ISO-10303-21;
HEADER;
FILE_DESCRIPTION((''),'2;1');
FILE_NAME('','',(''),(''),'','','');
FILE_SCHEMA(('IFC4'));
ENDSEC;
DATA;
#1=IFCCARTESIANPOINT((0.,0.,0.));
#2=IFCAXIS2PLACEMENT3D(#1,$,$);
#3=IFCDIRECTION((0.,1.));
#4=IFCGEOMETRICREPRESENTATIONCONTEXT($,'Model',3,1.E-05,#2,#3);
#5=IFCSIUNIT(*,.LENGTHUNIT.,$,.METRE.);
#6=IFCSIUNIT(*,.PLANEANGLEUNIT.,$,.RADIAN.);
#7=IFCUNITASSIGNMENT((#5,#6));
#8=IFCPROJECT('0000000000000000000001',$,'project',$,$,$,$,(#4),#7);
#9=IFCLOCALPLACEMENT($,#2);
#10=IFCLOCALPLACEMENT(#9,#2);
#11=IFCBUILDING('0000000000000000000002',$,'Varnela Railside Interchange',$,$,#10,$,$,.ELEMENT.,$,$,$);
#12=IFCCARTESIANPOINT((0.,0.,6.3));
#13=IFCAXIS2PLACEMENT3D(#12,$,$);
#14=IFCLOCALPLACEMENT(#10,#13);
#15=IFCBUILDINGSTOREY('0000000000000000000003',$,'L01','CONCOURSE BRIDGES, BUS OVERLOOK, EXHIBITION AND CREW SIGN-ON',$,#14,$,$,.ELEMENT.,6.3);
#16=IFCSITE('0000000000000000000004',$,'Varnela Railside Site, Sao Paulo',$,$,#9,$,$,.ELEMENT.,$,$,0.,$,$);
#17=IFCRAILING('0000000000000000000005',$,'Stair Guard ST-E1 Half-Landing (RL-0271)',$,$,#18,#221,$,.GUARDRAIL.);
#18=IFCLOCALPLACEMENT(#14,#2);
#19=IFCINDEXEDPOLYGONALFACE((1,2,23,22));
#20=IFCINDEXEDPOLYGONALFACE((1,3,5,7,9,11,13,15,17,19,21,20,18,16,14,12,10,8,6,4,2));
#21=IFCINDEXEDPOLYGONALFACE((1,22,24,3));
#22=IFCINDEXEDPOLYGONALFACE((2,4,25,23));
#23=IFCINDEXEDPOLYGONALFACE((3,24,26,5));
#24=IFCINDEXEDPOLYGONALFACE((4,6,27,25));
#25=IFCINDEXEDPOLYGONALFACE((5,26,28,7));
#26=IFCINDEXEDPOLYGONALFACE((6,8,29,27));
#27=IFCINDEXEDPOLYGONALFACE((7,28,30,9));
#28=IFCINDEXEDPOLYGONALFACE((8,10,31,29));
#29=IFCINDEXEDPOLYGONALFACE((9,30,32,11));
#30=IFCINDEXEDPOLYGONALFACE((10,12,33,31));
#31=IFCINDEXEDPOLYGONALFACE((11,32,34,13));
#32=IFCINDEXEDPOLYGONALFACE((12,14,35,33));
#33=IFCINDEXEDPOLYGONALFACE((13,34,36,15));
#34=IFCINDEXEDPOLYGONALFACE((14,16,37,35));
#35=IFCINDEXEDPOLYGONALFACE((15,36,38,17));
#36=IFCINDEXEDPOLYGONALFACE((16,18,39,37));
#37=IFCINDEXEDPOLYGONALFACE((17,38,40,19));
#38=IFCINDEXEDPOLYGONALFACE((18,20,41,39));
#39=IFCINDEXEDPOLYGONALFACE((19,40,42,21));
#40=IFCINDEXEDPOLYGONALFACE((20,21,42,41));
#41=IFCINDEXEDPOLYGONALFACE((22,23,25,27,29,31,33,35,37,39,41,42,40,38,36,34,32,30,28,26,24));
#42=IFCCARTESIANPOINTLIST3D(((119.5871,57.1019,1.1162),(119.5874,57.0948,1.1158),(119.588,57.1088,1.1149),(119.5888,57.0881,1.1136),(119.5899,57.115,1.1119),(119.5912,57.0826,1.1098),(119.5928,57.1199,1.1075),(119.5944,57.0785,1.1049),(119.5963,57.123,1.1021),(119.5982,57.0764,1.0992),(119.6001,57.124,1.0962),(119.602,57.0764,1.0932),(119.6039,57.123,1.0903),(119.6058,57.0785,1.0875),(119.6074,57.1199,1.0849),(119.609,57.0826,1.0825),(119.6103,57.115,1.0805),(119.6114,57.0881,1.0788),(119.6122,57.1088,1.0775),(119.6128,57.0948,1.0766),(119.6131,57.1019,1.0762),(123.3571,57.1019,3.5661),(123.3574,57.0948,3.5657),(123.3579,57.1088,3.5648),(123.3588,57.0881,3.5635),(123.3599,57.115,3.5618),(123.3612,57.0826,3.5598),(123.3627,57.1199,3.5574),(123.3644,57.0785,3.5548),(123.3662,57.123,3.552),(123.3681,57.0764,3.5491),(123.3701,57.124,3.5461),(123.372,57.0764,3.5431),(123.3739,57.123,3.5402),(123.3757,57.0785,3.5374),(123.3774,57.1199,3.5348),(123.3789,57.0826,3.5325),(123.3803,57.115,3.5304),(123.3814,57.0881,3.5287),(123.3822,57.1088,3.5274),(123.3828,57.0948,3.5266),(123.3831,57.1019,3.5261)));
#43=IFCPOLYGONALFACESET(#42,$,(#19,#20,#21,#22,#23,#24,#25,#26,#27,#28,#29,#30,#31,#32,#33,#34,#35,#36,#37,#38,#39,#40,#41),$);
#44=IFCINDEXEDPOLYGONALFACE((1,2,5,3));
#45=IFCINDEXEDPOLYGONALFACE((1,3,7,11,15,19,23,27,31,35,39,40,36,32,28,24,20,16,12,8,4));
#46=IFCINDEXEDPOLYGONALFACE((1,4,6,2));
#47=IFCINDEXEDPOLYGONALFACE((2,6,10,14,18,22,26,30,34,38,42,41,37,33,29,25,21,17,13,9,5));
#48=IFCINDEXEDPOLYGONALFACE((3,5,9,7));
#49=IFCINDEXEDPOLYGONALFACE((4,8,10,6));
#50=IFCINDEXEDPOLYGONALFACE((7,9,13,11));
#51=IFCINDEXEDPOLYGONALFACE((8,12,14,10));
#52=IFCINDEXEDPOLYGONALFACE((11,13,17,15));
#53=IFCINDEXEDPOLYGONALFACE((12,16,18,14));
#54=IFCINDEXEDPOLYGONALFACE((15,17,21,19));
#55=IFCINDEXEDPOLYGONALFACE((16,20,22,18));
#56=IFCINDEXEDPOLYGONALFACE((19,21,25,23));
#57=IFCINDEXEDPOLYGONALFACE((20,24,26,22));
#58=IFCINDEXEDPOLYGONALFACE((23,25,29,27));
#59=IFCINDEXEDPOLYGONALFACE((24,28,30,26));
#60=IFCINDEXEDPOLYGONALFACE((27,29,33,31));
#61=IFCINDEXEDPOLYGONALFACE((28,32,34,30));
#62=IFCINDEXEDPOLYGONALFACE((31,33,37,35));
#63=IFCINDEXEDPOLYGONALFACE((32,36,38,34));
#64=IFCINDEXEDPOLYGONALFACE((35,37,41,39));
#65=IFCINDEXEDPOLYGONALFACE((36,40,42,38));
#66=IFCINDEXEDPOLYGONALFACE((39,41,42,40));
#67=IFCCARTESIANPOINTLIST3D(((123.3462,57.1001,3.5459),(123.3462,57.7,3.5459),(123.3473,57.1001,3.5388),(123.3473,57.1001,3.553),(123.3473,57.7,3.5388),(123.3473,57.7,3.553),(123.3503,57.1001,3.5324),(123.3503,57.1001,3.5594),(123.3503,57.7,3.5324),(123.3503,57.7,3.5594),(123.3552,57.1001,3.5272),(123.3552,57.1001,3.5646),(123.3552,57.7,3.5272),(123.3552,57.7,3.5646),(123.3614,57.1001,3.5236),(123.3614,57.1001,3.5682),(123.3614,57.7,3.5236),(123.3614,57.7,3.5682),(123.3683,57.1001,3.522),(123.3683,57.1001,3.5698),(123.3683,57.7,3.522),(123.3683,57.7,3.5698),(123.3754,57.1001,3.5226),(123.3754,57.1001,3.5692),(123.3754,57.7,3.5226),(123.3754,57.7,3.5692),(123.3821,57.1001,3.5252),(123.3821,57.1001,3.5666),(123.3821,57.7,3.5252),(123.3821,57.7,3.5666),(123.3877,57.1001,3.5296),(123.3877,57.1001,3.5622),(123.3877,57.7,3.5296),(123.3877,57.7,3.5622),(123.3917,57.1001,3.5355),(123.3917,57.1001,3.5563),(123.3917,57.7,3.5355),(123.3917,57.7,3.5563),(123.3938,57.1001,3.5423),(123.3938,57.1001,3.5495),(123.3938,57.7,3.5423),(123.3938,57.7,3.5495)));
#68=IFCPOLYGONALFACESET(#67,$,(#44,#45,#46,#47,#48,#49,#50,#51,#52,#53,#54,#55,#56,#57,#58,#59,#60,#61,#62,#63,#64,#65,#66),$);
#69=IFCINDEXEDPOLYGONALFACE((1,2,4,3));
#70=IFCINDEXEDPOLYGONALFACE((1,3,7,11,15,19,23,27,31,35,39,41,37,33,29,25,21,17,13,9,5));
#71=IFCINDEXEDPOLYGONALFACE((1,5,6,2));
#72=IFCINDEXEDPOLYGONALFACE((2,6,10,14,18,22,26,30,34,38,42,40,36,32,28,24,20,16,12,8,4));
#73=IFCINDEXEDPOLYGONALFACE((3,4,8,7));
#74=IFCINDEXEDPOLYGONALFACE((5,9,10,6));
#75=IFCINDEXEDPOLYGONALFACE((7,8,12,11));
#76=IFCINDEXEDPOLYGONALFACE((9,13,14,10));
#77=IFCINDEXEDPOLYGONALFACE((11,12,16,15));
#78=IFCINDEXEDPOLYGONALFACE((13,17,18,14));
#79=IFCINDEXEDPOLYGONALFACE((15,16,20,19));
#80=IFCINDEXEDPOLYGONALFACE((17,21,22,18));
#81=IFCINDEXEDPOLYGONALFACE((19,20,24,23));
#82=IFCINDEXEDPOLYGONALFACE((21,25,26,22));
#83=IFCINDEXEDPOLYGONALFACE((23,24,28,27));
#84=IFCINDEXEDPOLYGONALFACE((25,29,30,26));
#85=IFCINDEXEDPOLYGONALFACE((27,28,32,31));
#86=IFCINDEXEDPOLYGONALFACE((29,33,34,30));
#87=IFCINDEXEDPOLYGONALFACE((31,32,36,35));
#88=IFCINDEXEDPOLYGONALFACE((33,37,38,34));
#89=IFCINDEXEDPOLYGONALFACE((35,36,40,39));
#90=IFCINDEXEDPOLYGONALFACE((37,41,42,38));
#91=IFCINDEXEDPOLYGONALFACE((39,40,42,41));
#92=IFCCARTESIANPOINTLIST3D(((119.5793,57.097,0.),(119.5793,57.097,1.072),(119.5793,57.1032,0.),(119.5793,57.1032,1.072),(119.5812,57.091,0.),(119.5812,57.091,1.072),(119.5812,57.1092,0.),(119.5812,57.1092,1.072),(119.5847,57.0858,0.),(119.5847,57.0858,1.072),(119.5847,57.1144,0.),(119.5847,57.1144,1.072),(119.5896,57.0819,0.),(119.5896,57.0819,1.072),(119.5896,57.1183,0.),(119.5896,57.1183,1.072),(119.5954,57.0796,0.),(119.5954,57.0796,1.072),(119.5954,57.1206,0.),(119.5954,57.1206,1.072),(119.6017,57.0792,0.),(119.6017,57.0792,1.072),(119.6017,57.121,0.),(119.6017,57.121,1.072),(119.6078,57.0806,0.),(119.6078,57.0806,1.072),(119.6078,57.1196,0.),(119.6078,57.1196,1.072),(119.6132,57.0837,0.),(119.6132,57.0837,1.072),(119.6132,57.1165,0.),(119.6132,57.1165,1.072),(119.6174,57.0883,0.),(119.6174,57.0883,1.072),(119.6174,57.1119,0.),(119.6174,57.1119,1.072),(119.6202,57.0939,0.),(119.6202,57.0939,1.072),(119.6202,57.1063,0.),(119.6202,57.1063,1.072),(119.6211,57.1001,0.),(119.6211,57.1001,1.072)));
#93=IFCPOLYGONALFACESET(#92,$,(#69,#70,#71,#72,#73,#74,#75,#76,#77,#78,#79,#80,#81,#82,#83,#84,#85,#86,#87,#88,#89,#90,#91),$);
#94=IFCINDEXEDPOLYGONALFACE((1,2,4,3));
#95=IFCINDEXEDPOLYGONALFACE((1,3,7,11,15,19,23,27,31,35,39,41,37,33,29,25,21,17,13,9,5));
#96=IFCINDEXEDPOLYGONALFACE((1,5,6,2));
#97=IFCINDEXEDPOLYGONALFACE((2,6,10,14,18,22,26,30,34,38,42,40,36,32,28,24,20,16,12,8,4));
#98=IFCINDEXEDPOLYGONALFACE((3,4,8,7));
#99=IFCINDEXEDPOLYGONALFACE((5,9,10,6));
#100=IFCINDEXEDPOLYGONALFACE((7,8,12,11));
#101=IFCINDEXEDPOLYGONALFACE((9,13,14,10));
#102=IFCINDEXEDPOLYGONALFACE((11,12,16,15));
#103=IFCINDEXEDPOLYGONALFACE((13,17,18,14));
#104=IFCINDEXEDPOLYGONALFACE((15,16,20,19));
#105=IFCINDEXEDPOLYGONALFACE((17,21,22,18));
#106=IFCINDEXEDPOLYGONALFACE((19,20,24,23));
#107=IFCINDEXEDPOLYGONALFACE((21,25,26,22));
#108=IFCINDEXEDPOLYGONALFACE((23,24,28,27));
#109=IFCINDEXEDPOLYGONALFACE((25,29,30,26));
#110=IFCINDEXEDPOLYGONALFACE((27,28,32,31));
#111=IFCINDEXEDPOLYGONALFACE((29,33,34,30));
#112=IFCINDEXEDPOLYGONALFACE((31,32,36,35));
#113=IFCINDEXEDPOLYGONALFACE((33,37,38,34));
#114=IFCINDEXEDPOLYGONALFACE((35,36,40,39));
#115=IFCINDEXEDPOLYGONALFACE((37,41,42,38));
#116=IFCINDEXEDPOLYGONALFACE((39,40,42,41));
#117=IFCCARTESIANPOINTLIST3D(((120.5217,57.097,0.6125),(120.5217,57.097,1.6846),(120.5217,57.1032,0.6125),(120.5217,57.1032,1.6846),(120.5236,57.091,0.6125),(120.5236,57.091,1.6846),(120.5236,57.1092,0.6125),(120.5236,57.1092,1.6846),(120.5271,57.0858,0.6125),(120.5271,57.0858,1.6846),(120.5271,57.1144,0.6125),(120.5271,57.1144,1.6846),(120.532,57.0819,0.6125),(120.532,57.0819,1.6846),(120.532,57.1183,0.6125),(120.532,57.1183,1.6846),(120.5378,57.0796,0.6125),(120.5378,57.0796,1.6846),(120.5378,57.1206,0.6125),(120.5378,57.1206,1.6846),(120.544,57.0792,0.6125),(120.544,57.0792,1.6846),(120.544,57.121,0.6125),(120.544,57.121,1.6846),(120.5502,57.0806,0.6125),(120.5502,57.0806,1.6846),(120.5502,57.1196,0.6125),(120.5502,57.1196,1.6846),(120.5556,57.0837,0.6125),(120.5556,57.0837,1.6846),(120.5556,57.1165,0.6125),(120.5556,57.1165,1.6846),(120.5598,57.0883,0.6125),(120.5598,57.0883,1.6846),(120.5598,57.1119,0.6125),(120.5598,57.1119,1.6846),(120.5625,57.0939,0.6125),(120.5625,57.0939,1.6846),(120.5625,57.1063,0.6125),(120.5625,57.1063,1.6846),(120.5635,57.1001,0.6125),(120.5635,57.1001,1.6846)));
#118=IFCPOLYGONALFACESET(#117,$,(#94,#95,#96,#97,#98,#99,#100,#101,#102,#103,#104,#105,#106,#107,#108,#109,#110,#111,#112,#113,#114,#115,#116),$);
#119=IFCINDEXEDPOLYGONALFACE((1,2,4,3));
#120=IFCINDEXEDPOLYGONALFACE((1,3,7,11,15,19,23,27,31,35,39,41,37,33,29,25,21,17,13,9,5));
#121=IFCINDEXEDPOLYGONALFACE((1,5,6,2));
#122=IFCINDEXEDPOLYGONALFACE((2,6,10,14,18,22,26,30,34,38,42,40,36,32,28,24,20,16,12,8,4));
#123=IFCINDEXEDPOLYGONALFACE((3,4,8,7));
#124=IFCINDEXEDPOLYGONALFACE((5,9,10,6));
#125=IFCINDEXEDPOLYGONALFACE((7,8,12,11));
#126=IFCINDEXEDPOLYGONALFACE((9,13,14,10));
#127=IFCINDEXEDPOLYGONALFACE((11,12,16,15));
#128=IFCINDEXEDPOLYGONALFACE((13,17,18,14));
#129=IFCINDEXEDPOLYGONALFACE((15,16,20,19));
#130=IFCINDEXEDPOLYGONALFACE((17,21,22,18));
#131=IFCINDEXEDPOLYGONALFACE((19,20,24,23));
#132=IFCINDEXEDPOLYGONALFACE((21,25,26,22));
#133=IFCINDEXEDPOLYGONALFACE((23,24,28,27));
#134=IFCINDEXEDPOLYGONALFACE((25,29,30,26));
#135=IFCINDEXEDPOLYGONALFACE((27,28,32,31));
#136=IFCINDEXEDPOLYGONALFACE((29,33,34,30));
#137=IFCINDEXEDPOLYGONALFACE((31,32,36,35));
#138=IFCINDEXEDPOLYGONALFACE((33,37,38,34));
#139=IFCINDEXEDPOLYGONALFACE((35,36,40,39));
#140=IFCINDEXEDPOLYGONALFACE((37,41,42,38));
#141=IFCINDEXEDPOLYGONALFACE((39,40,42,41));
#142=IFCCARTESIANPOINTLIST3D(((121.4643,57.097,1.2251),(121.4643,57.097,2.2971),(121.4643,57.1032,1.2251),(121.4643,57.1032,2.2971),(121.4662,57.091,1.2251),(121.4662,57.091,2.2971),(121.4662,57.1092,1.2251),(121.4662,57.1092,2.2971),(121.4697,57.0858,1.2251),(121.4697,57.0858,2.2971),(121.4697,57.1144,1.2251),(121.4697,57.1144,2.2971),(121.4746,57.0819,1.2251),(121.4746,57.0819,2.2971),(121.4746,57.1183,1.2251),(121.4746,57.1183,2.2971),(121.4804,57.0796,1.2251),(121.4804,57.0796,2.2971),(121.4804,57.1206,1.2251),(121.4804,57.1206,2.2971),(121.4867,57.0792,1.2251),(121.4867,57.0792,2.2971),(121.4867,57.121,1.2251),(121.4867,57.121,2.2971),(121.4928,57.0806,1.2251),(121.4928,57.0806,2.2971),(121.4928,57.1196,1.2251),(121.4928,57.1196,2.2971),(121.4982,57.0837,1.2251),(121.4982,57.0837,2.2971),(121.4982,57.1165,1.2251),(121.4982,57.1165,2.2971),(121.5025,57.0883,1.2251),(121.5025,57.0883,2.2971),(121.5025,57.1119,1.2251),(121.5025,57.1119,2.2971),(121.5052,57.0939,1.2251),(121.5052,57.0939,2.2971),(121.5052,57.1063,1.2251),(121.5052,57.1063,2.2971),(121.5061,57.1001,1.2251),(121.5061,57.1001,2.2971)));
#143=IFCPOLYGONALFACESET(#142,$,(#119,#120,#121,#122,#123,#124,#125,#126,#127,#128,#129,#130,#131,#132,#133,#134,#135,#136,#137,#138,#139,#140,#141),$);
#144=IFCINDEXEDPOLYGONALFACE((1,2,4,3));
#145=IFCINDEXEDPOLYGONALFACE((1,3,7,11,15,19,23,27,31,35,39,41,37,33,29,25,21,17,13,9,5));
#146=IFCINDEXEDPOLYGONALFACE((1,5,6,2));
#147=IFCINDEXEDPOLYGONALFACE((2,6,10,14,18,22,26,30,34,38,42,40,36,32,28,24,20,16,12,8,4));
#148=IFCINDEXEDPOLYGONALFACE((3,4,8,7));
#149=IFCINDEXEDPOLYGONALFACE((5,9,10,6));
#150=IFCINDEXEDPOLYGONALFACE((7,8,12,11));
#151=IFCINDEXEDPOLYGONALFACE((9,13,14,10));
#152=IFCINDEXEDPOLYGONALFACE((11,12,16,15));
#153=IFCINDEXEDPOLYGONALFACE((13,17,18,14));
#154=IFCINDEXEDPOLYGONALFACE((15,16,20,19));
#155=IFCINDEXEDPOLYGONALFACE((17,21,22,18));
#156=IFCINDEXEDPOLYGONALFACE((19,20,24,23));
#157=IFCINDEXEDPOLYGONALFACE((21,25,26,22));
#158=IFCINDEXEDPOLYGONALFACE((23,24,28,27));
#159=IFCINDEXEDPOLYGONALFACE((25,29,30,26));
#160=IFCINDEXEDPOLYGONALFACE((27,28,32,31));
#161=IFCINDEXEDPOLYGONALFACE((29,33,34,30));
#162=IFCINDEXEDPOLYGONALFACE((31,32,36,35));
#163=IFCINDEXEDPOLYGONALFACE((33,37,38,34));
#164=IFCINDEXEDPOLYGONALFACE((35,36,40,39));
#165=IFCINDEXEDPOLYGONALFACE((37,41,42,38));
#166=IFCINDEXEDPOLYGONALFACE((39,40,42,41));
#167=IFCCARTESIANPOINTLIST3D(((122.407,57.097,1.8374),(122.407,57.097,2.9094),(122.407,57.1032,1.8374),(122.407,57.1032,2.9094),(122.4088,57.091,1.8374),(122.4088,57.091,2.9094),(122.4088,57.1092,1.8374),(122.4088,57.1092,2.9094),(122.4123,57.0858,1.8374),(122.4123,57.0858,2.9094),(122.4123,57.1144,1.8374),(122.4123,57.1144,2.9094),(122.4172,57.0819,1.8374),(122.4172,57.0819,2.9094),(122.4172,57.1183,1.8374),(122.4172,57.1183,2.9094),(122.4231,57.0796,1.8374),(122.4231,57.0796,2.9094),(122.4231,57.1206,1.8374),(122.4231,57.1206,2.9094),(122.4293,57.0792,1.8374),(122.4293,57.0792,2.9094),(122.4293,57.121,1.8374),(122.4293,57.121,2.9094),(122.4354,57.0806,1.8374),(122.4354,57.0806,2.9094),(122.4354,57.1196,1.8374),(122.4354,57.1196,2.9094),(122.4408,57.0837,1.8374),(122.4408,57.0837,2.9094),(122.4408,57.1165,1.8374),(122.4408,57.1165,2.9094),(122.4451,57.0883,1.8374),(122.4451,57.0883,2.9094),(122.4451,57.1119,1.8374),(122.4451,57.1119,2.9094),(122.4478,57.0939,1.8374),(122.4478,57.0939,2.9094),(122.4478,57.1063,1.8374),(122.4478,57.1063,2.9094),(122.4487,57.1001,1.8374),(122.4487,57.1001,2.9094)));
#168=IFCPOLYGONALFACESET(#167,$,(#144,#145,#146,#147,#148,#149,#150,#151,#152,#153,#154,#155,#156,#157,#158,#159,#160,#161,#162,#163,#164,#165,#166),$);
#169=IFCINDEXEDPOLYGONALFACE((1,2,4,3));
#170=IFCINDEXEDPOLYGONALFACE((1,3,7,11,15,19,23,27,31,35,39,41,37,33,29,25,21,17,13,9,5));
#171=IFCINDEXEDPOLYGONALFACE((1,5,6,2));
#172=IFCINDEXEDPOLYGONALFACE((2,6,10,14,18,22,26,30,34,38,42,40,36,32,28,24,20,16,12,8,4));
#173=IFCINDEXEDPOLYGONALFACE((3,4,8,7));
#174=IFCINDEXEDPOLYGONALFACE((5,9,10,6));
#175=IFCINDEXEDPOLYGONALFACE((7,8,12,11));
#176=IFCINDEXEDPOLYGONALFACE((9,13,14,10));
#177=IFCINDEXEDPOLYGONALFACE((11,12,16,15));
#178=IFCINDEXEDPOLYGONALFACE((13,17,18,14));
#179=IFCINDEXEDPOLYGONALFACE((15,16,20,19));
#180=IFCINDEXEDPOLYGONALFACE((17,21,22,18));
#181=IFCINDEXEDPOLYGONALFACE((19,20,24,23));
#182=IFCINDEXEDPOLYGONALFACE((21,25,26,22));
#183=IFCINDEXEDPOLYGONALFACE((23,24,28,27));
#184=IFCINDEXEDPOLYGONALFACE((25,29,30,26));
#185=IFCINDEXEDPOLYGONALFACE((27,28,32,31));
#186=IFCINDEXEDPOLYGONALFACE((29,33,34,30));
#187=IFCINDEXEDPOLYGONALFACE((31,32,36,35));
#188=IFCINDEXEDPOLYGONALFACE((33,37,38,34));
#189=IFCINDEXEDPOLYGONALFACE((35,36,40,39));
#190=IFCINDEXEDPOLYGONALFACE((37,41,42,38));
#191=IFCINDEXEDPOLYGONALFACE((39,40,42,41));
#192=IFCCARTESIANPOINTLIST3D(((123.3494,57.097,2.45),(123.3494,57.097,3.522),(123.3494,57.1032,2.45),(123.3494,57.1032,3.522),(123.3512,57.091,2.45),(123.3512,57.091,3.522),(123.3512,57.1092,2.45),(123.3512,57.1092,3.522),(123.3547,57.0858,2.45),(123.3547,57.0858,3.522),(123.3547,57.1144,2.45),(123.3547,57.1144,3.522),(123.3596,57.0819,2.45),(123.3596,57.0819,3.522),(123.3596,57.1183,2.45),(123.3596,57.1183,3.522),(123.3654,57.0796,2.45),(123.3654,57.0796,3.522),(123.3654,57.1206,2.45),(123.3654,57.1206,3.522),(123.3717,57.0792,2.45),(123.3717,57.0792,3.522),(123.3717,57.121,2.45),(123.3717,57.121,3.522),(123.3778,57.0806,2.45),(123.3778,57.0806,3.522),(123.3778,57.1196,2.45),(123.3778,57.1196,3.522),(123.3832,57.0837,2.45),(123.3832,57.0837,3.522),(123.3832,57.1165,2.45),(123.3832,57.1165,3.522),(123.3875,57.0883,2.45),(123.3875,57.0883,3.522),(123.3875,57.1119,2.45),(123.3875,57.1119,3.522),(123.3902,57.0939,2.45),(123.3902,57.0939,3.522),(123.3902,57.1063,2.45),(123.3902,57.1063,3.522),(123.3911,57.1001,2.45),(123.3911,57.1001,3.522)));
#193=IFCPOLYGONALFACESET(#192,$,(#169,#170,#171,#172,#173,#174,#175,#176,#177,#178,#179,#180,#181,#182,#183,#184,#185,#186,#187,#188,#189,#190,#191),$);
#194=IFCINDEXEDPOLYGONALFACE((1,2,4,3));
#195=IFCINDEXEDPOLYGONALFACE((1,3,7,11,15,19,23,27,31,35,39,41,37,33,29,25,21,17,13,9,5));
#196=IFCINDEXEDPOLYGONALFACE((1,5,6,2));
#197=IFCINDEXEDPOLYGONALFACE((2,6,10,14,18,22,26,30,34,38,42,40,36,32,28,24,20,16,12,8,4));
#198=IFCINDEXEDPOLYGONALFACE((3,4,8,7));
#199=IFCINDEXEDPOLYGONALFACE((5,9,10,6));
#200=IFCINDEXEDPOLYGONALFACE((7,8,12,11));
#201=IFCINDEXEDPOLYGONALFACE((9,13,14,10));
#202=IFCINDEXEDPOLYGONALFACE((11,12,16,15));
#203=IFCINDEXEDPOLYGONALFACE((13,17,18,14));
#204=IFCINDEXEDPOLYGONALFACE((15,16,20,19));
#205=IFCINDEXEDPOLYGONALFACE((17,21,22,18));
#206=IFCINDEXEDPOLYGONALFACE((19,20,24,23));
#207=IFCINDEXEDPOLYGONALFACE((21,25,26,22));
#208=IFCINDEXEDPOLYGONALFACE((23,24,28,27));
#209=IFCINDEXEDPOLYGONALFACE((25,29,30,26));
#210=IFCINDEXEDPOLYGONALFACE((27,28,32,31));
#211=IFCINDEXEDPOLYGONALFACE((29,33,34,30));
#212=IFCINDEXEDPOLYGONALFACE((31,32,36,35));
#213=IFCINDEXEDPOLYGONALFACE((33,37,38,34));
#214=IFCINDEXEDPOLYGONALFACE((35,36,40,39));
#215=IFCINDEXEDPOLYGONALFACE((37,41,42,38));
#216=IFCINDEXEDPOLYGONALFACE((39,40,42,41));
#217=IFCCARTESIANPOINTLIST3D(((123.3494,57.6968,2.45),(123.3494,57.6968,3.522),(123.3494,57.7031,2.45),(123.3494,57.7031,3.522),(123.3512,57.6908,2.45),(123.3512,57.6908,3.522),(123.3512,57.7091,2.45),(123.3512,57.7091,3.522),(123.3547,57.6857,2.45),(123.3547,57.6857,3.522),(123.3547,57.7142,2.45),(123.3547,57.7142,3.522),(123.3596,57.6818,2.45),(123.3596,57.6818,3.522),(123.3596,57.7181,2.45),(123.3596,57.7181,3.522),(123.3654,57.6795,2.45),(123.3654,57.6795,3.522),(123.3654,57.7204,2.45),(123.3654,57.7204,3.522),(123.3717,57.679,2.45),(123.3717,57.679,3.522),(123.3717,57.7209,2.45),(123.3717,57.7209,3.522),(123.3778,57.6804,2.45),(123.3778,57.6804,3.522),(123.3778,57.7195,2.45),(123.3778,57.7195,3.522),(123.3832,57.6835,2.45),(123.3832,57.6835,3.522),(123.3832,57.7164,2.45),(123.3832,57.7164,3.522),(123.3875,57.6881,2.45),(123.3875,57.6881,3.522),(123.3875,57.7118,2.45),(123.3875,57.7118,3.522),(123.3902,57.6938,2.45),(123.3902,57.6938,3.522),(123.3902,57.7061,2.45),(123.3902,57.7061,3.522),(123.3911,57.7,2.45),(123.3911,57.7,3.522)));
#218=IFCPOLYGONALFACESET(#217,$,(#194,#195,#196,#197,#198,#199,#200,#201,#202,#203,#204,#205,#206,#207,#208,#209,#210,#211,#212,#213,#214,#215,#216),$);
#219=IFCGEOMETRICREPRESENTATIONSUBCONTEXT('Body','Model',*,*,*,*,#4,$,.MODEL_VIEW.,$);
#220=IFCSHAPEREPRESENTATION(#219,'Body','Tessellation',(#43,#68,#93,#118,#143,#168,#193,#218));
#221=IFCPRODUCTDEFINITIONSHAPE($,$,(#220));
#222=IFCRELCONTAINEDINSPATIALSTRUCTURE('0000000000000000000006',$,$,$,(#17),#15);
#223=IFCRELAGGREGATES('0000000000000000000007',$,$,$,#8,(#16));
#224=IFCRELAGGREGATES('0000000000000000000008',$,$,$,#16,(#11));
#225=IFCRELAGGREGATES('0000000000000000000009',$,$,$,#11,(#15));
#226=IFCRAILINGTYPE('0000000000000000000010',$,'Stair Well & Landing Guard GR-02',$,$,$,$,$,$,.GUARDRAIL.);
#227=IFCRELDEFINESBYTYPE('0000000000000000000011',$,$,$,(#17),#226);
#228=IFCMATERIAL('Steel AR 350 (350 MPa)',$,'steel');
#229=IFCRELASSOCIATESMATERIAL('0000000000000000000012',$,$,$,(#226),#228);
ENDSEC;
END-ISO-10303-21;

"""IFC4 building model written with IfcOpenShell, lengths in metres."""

from ifc_helpers import new_model, si_unit, direction, frame, origin, origin_2d, place, context, subcontext, project, spatial, circle, extrude, material, type_object, element, save


model = new_model("IFC4")

# Units and contexts
model_context = context("Model", 3, precision=1e-05, world=origin(), true_north=direction((0.0, 1.0)))
body_context = subcontext(model_context, "Body", "Model", "MODEL_VIEW")
ifc_project = project(units=[si_unit("LENGTHUNIT", "METRE"), si_unit("PLANEANGLEUNIT", "RADIAN")], contexts=[model_context])

# Site, building, storey
site_placement = place(None, origin())
site = spatial("IfcSite", under=ifc_project, at=site_placement, Name="Varnela Railside Site, Sao Paulo", CompositionType="ELEMENT", RefElevation=0.0)
building_placement = place(site_placement, origin())
building = spatial("IfcBuilding", under=site, at=building_placement, Name="Varnela Railside Interchange", CompositionType="ELEMENT")
storey_placement = place(building_placement, frame((0.0, 0.0, 6.3)))
storey = spatial("IfcBuildingStorey", under=building, at=storey_placement, Name="L01", Description="CONCOURSE BRIDGES, BUS OVERLOOK, EXHIBITION AND CREW SIGN-ON", CompositionType="ELEMENT", Elevation=6.3)

# Shared definitions
ifc_material_1 = material(Name="Steel AR 350 (350 MPa)", Category="steel")

# Railing
railing_type_1 = type_object("IfcRailingType", Name="Stair Well & Landing Guard GR-02", PredefinedType="GUARDRAIL", material=ifc_material_1)
railing_1_placement = place(storey_placement, frame((119.6001, 57.1001, 0.0)))
element("IfcRailing", 1, at=railing_1_placement, inside=storey, type_object=railing_type_1, Name="Stair Guard ST-E1 Half-Landing (RL-0271)", PredefinedType="GUARDRAIL", context=body_context, shape_type="SweptSolid", body=[
    extrude(circle(Radius=0.0239, at=origin_2d()), frame((0.0, 0.0, 1.0962), z_axis=(0.838501, 0.0, 0.544901), x_axis=(0.0, 1.0, 0.0)), (0.0, 0.0, 1.0), 4.4961),
    extrude(circle(Radius=0.0239, at=origin_2d()), frame((3.77, 0.0, 3.5459), z_axis=(0.0, 1.0, 0.0), x_axis=(-1.0, 0.0, 0.0)), (0.0, 0.0, 1.0), 0.5999),
    extrude(circle(Radius=0.021, at=origin_2d()), origin(), (0.0, 0.0, 1.0), 1.072),
    extrude(circle(Radius=0.021, at=origin_2d()), frame((0.9424, 0.0, 0.6125)), (0.0, 0.0, 1.0), 1.072),
    extrude(circle(Radius=0.021, at=origin_2d()), frame((1.885, 0.0, 1.2251)), (0.0, 0.0, 1.0), 1.072),
    extrude(circle(Radius=0.021, at=origin_2d()), frame((2.8276, 0.0, 1.8374)), (0.0, 0.0, 1.0), 1.072),
    extrude(circle(Radius=0.021, at=origin_2d()), frame((3.77, 0.0, 2.45)), (0.0, 0.0, 1.0), 1.072),
    extrude(circle(Radius=0.021, at=origin_2d()), frame((3.77, 0.5999, 2.45)), (0.0, 0.0, 1.0), 1.072),
])

save(model, "model.ifc")
